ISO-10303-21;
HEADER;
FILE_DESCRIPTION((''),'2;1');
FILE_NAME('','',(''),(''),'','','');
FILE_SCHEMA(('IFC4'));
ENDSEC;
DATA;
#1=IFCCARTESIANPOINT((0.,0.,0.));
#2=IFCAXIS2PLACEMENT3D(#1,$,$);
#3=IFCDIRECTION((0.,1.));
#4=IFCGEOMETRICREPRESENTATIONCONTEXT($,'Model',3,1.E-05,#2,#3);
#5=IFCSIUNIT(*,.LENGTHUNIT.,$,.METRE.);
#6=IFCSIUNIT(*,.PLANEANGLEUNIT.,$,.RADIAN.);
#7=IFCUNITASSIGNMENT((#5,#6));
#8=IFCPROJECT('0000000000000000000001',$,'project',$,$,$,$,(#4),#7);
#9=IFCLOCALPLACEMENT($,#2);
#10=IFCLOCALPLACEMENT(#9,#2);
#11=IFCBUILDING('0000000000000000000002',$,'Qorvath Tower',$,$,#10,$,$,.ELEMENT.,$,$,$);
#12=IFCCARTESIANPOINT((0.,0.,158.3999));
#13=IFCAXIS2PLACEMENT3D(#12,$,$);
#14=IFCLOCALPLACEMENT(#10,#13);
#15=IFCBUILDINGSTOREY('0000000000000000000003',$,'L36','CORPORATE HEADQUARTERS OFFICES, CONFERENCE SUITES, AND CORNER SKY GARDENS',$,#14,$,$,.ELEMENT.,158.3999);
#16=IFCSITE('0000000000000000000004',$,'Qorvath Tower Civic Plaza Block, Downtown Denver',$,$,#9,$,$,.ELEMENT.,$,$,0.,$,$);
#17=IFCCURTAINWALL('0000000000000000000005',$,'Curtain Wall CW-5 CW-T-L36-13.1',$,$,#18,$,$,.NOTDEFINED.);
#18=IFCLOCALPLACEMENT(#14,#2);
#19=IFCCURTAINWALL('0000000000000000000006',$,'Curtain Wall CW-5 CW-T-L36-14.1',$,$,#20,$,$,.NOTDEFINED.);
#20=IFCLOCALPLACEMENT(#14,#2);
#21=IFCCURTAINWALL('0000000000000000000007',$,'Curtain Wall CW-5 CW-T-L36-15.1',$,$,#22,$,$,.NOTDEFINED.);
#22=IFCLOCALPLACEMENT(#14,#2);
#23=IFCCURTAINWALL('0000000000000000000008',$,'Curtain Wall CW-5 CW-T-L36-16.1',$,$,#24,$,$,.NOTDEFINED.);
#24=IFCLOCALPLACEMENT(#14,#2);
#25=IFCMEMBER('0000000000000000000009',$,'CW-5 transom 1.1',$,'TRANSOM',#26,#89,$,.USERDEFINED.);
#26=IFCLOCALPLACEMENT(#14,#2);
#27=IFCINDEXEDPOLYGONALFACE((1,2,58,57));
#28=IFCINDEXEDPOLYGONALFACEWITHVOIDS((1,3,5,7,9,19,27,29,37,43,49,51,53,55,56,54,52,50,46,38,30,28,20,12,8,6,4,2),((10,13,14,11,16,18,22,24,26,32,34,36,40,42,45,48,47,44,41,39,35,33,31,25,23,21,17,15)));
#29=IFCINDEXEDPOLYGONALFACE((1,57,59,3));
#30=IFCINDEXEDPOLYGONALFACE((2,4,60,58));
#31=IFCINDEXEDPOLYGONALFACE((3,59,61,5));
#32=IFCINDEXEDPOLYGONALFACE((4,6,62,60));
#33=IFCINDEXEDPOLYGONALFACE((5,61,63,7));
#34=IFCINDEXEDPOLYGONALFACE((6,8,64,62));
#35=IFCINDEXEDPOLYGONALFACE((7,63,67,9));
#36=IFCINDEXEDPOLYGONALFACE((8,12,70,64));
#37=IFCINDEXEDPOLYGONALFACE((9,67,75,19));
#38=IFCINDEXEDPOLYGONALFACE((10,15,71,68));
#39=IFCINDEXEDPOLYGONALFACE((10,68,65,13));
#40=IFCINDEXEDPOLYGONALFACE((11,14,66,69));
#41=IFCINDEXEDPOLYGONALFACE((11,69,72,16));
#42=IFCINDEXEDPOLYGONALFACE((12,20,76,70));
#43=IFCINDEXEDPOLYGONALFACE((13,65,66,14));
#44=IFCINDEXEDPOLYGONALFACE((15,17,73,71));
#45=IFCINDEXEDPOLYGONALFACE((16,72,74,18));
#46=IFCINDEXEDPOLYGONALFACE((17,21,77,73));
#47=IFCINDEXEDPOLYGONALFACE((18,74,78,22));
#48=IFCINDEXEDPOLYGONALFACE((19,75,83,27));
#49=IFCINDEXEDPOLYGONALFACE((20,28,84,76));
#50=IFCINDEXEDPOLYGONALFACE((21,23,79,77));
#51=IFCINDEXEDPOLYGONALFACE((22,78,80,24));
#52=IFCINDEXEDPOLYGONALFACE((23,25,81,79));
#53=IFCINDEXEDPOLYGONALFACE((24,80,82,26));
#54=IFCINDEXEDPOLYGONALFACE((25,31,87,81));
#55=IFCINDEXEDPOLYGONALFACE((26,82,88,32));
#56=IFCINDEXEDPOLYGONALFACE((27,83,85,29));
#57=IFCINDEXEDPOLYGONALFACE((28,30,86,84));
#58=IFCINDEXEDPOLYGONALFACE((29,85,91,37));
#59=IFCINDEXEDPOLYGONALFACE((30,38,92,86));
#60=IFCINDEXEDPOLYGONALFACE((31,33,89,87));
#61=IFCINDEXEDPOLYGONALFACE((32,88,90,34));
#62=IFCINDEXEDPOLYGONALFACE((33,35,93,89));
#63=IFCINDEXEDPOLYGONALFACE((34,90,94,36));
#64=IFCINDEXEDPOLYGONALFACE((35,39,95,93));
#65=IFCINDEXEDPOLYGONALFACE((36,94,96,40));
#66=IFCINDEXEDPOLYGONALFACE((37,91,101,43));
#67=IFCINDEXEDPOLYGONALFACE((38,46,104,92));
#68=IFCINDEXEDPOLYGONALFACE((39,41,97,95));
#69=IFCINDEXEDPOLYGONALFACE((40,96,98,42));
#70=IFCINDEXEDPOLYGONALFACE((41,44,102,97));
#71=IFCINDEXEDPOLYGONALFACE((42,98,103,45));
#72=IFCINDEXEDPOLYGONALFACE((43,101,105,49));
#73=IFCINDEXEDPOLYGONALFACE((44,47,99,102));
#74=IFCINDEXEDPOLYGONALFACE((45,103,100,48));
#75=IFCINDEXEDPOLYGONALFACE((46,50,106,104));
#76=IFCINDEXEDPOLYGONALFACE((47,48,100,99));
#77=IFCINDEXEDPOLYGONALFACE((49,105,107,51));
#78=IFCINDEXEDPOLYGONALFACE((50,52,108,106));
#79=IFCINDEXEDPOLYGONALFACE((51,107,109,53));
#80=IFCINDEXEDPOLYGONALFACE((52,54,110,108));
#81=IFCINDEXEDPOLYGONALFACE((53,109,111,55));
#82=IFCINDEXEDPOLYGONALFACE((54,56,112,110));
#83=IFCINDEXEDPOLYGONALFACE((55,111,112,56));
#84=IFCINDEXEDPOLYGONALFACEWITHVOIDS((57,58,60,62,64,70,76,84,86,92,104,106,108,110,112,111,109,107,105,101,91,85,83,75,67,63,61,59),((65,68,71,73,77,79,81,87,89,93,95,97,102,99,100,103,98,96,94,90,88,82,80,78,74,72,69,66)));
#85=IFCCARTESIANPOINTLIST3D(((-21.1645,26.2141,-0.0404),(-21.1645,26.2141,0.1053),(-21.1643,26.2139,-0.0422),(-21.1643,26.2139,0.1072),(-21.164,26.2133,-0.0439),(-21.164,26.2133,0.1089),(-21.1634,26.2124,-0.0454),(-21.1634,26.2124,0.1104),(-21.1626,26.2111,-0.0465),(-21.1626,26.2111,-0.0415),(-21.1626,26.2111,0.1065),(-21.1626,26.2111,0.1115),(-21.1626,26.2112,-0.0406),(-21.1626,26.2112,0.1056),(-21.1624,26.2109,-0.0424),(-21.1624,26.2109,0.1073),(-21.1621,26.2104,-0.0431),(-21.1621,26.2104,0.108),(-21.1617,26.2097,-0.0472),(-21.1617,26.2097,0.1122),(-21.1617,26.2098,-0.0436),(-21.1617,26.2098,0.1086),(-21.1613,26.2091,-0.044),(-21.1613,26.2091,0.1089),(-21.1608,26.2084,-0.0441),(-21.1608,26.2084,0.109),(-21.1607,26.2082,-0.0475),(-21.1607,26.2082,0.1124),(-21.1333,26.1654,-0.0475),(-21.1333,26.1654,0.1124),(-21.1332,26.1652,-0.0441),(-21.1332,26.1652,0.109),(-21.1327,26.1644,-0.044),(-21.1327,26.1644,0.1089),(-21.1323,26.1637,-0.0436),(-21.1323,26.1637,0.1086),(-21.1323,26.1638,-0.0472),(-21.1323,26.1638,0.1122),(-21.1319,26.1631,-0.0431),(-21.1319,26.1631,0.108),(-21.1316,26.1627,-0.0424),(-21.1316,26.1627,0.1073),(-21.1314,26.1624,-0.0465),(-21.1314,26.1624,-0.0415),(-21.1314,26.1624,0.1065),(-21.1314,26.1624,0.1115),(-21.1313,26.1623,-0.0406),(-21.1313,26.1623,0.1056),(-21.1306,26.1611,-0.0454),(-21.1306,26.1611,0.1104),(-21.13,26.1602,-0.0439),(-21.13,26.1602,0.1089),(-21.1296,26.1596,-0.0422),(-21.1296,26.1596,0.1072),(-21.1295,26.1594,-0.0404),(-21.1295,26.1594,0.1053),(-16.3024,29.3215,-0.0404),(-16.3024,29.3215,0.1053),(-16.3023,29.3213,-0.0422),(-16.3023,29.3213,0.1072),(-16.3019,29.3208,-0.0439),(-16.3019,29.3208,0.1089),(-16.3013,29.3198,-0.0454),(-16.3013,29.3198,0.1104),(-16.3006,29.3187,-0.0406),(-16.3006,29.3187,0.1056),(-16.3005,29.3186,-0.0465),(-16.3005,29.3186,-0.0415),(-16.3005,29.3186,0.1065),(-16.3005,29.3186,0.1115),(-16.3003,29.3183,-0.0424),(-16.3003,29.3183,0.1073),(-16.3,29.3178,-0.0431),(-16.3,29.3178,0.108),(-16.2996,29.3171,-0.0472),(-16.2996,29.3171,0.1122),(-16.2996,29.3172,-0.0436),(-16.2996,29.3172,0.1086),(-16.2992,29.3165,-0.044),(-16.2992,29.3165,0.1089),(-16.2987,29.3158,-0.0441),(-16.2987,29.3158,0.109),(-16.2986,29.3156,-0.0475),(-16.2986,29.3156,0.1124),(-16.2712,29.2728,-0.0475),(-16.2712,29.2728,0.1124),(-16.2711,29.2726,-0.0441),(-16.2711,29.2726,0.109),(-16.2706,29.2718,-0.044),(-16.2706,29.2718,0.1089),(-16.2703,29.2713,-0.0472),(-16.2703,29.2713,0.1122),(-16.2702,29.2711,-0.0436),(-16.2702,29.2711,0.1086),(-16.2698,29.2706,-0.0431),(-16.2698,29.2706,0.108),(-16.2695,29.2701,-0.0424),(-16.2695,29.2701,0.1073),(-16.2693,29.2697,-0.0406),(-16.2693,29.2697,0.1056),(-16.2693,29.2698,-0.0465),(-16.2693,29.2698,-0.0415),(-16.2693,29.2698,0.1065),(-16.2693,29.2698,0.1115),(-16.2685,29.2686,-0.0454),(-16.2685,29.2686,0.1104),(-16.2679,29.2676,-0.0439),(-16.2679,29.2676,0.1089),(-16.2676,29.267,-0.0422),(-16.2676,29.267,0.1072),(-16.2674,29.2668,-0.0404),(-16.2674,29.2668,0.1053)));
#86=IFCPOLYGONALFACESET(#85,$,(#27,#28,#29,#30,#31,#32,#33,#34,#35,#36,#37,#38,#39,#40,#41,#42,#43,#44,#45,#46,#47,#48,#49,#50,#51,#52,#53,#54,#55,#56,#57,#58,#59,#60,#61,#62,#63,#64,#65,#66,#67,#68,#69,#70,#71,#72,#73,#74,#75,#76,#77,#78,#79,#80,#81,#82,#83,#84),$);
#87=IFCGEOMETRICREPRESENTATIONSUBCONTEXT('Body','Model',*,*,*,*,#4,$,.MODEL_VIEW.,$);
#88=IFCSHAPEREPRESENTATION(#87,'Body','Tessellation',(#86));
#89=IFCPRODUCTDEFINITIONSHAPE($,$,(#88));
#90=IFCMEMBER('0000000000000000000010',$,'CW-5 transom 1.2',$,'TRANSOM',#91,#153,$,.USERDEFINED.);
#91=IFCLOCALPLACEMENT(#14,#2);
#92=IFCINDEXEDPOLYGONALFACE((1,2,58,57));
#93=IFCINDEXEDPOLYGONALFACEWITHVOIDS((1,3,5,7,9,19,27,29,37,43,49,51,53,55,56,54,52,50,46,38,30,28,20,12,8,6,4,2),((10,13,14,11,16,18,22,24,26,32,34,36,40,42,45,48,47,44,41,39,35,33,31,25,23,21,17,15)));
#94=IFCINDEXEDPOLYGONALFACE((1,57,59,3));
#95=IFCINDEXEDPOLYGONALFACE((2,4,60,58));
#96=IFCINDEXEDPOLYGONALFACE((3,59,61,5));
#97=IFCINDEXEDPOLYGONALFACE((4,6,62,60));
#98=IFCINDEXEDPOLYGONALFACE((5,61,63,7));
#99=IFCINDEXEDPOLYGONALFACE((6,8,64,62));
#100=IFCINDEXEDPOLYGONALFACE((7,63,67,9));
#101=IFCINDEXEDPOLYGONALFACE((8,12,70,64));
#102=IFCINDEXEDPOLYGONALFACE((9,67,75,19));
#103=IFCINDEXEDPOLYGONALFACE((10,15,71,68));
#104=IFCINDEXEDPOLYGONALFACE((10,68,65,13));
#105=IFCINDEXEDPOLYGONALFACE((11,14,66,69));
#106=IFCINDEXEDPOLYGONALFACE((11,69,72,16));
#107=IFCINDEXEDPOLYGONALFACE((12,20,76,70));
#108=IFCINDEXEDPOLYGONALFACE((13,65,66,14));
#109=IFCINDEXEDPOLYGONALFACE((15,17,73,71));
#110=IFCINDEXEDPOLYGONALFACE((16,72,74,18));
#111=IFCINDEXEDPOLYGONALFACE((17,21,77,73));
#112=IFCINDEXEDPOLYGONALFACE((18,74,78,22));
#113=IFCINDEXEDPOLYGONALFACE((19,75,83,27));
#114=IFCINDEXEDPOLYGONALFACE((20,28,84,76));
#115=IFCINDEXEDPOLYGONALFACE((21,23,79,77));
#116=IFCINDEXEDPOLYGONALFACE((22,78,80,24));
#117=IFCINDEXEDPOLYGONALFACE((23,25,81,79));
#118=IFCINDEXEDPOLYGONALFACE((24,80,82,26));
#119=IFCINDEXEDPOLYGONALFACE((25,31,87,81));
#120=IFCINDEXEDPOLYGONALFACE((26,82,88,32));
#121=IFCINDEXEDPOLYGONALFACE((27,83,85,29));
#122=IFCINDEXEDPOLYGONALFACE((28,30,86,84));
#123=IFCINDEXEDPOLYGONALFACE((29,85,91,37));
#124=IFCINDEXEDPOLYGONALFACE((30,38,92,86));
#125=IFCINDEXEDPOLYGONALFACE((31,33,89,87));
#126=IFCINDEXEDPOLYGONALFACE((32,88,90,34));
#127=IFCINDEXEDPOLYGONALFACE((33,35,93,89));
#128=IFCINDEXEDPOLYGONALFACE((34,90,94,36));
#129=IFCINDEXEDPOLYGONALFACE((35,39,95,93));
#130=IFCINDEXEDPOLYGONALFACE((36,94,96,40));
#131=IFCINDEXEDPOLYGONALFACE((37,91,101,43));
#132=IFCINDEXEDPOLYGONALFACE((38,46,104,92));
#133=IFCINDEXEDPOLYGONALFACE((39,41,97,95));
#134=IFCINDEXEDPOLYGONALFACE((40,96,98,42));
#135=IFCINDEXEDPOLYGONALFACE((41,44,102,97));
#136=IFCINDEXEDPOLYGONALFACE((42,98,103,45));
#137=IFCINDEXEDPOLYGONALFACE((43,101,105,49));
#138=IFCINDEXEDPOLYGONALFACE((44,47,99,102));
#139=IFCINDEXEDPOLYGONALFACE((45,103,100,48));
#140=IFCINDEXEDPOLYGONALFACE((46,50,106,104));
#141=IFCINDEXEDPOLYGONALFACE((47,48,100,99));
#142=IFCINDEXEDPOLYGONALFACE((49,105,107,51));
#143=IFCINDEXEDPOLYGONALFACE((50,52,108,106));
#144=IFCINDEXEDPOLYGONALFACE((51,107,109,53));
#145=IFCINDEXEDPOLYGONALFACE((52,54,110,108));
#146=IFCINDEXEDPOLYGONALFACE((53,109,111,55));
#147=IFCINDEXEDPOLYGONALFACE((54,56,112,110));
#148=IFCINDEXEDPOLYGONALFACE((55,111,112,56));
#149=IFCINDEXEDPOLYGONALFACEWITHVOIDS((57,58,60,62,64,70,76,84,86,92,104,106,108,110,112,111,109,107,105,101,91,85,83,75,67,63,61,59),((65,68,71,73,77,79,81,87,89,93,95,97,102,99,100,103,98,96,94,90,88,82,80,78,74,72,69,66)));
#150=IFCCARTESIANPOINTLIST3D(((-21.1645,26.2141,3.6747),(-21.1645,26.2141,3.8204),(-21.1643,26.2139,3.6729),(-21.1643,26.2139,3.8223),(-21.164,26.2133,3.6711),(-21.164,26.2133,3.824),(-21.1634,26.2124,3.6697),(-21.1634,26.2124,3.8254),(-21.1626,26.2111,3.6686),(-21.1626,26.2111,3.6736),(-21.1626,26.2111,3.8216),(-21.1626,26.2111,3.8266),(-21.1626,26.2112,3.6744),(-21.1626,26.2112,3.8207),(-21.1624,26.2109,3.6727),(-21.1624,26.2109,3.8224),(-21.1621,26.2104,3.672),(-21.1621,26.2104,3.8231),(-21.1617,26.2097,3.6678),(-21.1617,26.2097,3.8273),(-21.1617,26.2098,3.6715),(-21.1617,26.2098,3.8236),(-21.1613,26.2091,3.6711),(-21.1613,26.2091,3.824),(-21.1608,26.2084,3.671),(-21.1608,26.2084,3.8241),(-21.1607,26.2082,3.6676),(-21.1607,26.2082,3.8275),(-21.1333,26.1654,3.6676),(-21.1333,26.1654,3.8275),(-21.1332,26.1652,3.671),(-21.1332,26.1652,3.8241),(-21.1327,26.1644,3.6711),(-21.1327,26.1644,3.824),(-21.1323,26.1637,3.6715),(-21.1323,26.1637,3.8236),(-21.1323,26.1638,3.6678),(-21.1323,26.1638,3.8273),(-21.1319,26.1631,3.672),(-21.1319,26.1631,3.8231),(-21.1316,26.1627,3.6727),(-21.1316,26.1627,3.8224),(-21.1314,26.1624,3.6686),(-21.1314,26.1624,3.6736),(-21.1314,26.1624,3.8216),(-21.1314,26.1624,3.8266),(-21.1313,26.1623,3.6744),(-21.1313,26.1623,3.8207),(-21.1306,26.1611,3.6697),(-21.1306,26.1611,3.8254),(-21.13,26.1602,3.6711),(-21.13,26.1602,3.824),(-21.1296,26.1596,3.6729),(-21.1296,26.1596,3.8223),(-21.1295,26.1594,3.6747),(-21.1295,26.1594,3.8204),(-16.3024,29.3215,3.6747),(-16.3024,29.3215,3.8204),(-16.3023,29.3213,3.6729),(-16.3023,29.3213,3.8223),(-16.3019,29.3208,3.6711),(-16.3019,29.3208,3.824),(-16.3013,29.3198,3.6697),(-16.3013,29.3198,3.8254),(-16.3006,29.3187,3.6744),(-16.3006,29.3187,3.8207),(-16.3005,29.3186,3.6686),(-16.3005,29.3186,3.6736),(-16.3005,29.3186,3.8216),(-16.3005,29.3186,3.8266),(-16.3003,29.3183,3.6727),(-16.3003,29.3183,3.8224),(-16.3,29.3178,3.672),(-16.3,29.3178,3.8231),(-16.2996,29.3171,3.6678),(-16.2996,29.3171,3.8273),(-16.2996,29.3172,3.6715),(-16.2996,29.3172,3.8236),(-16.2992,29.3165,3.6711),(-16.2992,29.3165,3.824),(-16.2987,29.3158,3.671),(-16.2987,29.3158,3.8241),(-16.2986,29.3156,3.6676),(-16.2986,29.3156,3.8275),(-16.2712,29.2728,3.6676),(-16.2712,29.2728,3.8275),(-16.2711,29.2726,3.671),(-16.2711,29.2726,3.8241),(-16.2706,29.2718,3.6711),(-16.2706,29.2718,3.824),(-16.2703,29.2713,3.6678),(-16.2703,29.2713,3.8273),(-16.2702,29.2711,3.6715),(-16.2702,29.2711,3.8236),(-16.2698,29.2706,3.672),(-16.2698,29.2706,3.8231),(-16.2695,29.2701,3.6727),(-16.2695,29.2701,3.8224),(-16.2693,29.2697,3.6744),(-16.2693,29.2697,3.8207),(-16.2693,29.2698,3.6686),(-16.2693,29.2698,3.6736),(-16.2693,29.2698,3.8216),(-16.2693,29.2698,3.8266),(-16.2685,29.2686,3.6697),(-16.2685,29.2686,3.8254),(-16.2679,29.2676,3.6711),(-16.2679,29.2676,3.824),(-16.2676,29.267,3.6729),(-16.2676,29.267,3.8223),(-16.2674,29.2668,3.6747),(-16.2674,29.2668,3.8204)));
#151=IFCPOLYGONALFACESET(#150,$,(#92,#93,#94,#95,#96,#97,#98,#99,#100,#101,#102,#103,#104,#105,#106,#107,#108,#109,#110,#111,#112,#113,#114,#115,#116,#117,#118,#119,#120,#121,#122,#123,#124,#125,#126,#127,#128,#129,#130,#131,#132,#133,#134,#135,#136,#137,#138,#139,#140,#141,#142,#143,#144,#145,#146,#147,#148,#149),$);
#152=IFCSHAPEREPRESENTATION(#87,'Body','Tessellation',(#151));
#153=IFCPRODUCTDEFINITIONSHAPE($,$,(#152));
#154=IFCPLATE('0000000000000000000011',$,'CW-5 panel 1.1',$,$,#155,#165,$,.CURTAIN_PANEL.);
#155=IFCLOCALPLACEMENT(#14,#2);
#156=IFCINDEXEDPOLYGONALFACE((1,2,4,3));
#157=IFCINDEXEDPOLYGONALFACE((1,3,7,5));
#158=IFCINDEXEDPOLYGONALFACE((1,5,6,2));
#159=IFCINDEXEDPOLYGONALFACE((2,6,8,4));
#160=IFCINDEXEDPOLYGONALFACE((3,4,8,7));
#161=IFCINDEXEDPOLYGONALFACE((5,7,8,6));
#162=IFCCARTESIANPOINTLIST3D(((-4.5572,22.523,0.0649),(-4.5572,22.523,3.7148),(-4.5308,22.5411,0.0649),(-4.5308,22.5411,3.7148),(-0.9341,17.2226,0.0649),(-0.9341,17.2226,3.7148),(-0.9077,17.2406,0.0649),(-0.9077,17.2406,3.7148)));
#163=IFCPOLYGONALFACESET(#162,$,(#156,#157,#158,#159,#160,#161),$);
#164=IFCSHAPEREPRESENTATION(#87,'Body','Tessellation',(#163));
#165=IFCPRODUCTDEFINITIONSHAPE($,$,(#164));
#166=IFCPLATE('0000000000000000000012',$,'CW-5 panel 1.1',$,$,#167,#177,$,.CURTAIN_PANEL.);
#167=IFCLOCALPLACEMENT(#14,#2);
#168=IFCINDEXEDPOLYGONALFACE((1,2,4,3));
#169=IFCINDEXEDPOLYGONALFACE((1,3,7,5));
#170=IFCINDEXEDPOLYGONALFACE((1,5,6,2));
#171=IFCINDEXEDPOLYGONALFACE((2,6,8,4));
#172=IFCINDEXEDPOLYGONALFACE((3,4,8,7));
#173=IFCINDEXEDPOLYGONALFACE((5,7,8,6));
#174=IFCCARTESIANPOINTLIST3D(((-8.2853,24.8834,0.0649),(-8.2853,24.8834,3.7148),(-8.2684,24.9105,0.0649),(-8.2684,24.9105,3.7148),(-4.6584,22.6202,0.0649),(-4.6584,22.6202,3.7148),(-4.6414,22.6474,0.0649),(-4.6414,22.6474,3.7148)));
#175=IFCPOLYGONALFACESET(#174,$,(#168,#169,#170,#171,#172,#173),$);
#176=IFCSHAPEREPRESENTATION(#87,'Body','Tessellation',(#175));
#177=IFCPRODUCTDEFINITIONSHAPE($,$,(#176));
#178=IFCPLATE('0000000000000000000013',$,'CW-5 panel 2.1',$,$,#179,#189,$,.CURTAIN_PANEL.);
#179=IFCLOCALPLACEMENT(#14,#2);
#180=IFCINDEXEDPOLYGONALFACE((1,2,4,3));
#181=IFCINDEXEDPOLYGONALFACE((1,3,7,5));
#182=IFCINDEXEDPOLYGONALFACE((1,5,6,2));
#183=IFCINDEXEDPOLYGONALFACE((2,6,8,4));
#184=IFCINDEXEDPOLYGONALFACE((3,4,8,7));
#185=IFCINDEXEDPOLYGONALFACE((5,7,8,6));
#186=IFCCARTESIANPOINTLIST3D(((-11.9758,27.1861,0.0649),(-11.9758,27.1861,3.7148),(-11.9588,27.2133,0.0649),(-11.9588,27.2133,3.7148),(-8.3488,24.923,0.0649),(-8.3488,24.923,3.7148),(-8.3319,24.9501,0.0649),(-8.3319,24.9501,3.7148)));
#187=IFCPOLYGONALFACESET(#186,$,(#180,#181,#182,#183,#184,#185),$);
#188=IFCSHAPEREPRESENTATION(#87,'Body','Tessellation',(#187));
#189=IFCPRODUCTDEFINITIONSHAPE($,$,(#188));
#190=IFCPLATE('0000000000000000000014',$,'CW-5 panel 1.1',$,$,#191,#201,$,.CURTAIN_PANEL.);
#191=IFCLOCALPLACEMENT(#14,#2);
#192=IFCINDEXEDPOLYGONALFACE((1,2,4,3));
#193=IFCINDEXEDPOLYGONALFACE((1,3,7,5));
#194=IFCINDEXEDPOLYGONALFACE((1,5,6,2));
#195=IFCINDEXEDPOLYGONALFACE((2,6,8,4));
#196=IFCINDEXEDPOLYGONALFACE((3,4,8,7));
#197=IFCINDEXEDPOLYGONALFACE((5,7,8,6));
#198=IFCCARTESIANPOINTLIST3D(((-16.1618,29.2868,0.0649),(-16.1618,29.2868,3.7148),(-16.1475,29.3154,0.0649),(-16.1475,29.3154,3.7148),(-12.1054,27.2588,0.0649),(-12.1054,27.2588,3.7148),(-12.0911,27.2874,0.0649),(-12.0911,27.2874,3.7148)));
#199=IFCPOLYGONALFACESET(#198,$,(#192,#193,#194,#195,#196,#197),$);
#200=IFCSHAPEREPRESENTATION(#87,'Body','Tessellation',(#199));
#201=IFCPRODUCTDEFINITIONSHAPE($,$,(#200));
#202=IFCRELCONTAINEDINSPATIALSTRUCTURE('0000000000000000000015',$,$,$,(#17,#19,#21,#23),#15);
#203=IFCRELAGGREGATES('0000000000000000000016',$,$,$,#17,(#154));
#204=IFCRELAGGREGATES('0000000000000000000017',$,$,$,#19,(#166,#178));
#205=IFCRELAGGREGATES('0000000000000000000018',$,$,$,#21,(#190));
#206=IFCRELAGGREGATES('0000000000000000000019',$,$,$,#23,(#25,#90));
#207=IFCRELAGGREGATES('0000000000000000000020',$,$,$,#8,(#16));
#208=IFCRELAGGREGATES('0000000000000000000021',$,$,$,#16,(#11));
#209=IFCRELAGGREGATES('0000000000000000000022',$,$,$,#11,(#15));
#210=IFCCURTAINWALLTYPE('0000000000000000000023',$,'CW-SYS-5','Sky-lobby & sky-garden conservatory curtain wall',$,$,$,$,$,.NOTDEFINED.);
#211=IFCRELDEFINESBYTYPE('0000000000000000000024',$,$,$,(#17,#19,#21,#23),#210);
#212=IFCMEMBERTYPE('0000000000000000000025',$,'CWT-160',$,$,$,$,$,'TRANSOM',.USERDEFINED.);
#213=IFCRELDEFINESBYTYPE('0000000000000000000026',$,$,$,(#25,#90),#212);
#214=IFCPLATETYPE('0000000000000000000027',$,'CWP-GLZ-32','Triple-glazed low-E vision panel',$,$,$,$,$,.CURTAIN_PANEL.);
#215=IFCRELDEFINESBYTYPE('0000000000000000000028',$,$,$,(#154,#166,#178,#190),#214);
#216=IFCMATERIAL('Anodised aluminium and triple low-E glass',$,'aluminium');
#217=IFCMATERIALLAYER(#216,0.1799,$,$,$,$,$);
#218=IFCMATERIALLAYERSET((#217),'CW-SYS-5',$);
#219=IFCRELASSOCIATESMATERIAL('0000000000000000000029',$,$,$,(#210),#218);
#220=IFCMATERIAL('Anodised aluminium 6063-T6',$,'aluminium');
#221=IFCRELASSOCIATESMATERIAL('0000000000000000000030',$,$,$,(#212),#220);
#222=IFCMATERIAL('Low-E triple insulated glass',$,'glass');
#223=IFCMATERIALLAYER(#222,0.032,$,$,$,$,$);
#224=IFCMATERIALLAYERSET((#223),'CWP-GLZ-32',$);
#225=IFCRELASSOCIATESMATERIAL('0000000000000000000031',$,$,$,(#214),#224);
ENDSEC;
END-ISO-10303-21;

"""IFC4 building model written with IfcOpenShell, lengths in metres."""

from ifc_helpers import new_model, si_unit, direction, frame, origin, origin_2d, place, context, subcontext, project, spatial, rectangle, hollow_rectangle, extrude, material, layer, layer_set, material_profile, profile_set, type_object, element, aggregate, save


model = new_model("IFC4")

# Units and contexts
model_context = context("Model", 3, precision=1e-05, world=origin(), true_north=direction((0.0, 1.0)))
body_context = subcontext(model_context, "Body", "Model", "MODEL_VIEW")
ifc_project = project(units=[si_unit("LENGTHUNIT", "METRE"), si_unit("PLANEANGLEUNIT", "RADIAN")], contexts=[model_context])

# Site, building, storey
site_placement = place(None, origin())
site = spatial("IfcSite", under=ifc_project, at=site_placement, Name="Qorvath Tower Civic Plaza Block, Downtown Denver", CompositionType="ELEMENT", RefElevation=0.0)
building_placement = place(site_placement, origin())
building = spatial("IfcBuilding", under=site, at=building_placement, Name="Qorvath Tower", CompositionType="ELEMENT")
storey_placement = place(building_placement, frame((0.0, 0.0, 158.3999)))
storey = spatial("IfcBuildingStorey", under=building, at=storey_placement, Name="L36", Description="CORPORATE HEADQUARTERS OFFICES, CONFERENCE SUITES, AND CORNER SKY GARDENS", CompositionType="ELEMENT", Elevation=158.3999)

# Curtain wall
ifc_material_1 = material(Name="Anodised aluminium and triple low-E glass", Category="aluminium")
ifc_layer_1 = layer(ifc_material_1, 0.1799)
ifc_layer_set_1 = layer_set([ifc_layer_1], Name="CW-SYS-5")
curtain_wall_type = type_object("IfcCurtainWallType", Name="CW-SYS-5", Description="Sky-lobby & sky-garden conservatory curtain wall", PredefinedType="NOTDEFINED", material=ifc_layer_set_1)
curtain_wall_1_placement = place(storey_placement, origin())
curtain_wall_1 = element("IfcCurtainWall", 1, at=curtain_wall_1_placement, inside=storey, type_object=curtain_wall_type, Name="Curtain Wall CW-5 CW-T-L36-13.1", PredefinedType="NOTDEFINED")

# Curtain walls
curtain_wall_2_placement = place(storey_placement, origin())
curtain_wall_2 = element("IfcCurtainWall", 2, at=curtain_wall_2_placement, inside=storey, type_object=curtain_wall_type, Name="Curtain Wall CW-5 CW-T-L36-14.1", PredefinedType="NOTDEFINED")
curtain_wall_3_placement = place(storey_placement, origin())
curtain_wall_3 = element("IfcCurtainWall", 3, at=curtain_wall_3_placement, inside=storey, type_object=curtain_wall_type, Name="Curtain Wall CW-5 CW-T-L36-15.1", PredefinedType="NOTDEFINED")

# Curtain wall
curtain_wall_4_placement = place(storey_placement, origin())
curtain_wall_4 = element("IfcCurtainWall", 4, at=curtain_wall_4_placement, inside=storey, type_object=curtain_wall_type, Name="Curtain Wall CW-5 CW-T-L36-16.1", PredefinedType="NOTDEFINED")

# Members
ifc_material_2 = material(Name="Anodised aluminium 6063-T6", Category="aluminium")
ifc_material_profile_1 = material_profile(ifc_material_2, hollow_rectangle(XDim=0.0649, YDim=0.1599, WallThickness=0.0034, InnerFilletRadius=0.0034, OuterFilletRadius=0.0071, at=origin_2d()), Name="CWT 160x65")
ifc_profile_set_1 = profile_set([ifc_material_profile_1], Name="Anodised aluminium 6063-T6")
member_type_1 = type_object("IfcMemberType", Name="CWT-160", ElementType="TRANSOM", PredefinedType="USERDEFINED", material=ifc_profile_set_1)
member_1_placement = place(storey_placement, frame((-16.2849, 29.2942, 0.0325), z_axis=(-0.842609, -0.538525, 0.0), x_axis=(0.538525, -0.842609, 0.0)))
member_1 = element("IfcMember", 5, at=member_1_placement, type_object=member_type_1, Name="CW-5 transom 1.1", ObjectType="TRANSOM", PredefinedType="USERDEFINED", context=body_context, shape_type="SweptSolid", body=[
    extrude(hollow_rectangle(XDim=0.0649, YDim=0.1599, WallThickness=0.0034, InnerFilletRadius=0.0034, OuterFilletRadius=0.0071, at=origin_2d()), origin(), (0.0, 0.0, 1.0), 5.7703),
])
member_2_placement = place(storey_placement, frame((-16.2849, 29.2942, 3.7476), z_axis=(-0.842609, -0.538525, 0.0), x_axis=(0.538525, -0.842609, 0.0)))
member_2 = element("IfcMember", 6, at=member_2_placement, type_object=member_type_1, Name="CW-5 transom 1.2", ObjectType="TRANSOM", PredefinedType="USERDEFINED", context=body_context, shape_type="SweptSolid", body=[
    extrude(hollow_rectangle(XDim=0.0649, YDim=0.1599, WallThickness=0.0034, InnerFilletRadius=0.0034, OuterFilletRadius=0.0071, at=origin_2d()), origin(), (0.0, 0.0, 1.0), 5.7703),
])

# Plates
ifc_material_3 = material(Name="Low-E triple insulated glass", Category="glass")
ifc_layer_2 = layer(ifc_material_3, 0.032)
ifc_layer_set_2 = layer_set([ifc_layer_2], Name="CWP-GLZ-32")
plate_type = type_object("IfcPlateType", Name="CWP-GLZ-32", Description="Triple-glazed low-E vision panel", PredefinedType="CURTAIN_PANEL", material=ifc_layer_set_2)
plate_1_placement = place(storey_placement, frame((-2.7324, 19.8818, 0.0649), z_axis=(0.0, 0.0, 1.0), x_axis=(-0.564314, 0.82556, 0.0)))
plate_1 = element("IfcPlate", 7, at=plate_1_placement, type_object=plate_type, Name="CW-5 panel 1.1", PredefinedType="CURTAIN_PANEL", context=body_context, shape_type="SweptSolid", body=[
    extrude(rectangle(XDim=6.4204, YDim=0.032, at=origin_2d()), origin(), (0.0, 0.0, 1.0), 3.6499),
])
aggregate(curtain_wall_1, [plate_1])
plate_2_placement = place(storey_placement, frame((-6.4634, 23.7654, 0.0649), z_axis=(0.0, 0.0, 1.0), x_axis=(-0.848382, 0.529384, 0.0)))
plate_2 = element("IfcPlate", 8, at=plate_2_placement, type_object=plate_type, Name="CW-5 panel 1.1", PredefinedType="CURTAIN_PANEL", context=body_context, shape_type="SweptSolid", body=[
    extrude(rectangle(XDim=4.2751, YDim=0.032, at=origin_2d()), origin(), (0.0, 0.0, 1.0), 3.6499),
])
plate_3_placement = place(storey_placement, frame((-10.1538, 26.0681, 0.0649), z_axis=(0.0, 0.0, 1.0), x_axis=(-0.848382, 0.529384, 0.0)))
plate_3 = element("IfcPlate", 9, at=plate_3_placement, type_object=plate_type, Name="CW-5 panel 2.1", PredefinedType="CURTAIN_PANEL", context=body_context, shape_type="SweptSolid", body=[
    extrude(rectangle(XDim=4.2751, YDim=0.032, at=origin_2d()), origin(), (0.0, 0.0, 1.0), 3.6499),
])
aggregate(curtain_wall_2, [plate_2, plate_3])
plate_4_placement = place(storey_placement, frame((-14.1265, 28.2871, 0.0649), z_axis=(0.0, 0.0, 1.0), x_axis=(-0.89444, 0.447188, 0.0)))
plate_4 = element("IfcPlate", 10, at=plate_4_placement, type_object=plate_type, Name="CW-5 panel 1.1", PredefinedType="CURTAIN_PANEL", context=body_context, shape_type="SweptSolid", body=[
    extrude(rectangle(XDim=4.5352, YDim=0.032, at=origin_2d()), origin(), (0.0, 0.0, 1.0), 3.6499),
])
aggregate(curtain_wall_3, [plate_4])
aggregate(curtain_wall_4, [member_1, member_2])

save(model, "model.ifc")
